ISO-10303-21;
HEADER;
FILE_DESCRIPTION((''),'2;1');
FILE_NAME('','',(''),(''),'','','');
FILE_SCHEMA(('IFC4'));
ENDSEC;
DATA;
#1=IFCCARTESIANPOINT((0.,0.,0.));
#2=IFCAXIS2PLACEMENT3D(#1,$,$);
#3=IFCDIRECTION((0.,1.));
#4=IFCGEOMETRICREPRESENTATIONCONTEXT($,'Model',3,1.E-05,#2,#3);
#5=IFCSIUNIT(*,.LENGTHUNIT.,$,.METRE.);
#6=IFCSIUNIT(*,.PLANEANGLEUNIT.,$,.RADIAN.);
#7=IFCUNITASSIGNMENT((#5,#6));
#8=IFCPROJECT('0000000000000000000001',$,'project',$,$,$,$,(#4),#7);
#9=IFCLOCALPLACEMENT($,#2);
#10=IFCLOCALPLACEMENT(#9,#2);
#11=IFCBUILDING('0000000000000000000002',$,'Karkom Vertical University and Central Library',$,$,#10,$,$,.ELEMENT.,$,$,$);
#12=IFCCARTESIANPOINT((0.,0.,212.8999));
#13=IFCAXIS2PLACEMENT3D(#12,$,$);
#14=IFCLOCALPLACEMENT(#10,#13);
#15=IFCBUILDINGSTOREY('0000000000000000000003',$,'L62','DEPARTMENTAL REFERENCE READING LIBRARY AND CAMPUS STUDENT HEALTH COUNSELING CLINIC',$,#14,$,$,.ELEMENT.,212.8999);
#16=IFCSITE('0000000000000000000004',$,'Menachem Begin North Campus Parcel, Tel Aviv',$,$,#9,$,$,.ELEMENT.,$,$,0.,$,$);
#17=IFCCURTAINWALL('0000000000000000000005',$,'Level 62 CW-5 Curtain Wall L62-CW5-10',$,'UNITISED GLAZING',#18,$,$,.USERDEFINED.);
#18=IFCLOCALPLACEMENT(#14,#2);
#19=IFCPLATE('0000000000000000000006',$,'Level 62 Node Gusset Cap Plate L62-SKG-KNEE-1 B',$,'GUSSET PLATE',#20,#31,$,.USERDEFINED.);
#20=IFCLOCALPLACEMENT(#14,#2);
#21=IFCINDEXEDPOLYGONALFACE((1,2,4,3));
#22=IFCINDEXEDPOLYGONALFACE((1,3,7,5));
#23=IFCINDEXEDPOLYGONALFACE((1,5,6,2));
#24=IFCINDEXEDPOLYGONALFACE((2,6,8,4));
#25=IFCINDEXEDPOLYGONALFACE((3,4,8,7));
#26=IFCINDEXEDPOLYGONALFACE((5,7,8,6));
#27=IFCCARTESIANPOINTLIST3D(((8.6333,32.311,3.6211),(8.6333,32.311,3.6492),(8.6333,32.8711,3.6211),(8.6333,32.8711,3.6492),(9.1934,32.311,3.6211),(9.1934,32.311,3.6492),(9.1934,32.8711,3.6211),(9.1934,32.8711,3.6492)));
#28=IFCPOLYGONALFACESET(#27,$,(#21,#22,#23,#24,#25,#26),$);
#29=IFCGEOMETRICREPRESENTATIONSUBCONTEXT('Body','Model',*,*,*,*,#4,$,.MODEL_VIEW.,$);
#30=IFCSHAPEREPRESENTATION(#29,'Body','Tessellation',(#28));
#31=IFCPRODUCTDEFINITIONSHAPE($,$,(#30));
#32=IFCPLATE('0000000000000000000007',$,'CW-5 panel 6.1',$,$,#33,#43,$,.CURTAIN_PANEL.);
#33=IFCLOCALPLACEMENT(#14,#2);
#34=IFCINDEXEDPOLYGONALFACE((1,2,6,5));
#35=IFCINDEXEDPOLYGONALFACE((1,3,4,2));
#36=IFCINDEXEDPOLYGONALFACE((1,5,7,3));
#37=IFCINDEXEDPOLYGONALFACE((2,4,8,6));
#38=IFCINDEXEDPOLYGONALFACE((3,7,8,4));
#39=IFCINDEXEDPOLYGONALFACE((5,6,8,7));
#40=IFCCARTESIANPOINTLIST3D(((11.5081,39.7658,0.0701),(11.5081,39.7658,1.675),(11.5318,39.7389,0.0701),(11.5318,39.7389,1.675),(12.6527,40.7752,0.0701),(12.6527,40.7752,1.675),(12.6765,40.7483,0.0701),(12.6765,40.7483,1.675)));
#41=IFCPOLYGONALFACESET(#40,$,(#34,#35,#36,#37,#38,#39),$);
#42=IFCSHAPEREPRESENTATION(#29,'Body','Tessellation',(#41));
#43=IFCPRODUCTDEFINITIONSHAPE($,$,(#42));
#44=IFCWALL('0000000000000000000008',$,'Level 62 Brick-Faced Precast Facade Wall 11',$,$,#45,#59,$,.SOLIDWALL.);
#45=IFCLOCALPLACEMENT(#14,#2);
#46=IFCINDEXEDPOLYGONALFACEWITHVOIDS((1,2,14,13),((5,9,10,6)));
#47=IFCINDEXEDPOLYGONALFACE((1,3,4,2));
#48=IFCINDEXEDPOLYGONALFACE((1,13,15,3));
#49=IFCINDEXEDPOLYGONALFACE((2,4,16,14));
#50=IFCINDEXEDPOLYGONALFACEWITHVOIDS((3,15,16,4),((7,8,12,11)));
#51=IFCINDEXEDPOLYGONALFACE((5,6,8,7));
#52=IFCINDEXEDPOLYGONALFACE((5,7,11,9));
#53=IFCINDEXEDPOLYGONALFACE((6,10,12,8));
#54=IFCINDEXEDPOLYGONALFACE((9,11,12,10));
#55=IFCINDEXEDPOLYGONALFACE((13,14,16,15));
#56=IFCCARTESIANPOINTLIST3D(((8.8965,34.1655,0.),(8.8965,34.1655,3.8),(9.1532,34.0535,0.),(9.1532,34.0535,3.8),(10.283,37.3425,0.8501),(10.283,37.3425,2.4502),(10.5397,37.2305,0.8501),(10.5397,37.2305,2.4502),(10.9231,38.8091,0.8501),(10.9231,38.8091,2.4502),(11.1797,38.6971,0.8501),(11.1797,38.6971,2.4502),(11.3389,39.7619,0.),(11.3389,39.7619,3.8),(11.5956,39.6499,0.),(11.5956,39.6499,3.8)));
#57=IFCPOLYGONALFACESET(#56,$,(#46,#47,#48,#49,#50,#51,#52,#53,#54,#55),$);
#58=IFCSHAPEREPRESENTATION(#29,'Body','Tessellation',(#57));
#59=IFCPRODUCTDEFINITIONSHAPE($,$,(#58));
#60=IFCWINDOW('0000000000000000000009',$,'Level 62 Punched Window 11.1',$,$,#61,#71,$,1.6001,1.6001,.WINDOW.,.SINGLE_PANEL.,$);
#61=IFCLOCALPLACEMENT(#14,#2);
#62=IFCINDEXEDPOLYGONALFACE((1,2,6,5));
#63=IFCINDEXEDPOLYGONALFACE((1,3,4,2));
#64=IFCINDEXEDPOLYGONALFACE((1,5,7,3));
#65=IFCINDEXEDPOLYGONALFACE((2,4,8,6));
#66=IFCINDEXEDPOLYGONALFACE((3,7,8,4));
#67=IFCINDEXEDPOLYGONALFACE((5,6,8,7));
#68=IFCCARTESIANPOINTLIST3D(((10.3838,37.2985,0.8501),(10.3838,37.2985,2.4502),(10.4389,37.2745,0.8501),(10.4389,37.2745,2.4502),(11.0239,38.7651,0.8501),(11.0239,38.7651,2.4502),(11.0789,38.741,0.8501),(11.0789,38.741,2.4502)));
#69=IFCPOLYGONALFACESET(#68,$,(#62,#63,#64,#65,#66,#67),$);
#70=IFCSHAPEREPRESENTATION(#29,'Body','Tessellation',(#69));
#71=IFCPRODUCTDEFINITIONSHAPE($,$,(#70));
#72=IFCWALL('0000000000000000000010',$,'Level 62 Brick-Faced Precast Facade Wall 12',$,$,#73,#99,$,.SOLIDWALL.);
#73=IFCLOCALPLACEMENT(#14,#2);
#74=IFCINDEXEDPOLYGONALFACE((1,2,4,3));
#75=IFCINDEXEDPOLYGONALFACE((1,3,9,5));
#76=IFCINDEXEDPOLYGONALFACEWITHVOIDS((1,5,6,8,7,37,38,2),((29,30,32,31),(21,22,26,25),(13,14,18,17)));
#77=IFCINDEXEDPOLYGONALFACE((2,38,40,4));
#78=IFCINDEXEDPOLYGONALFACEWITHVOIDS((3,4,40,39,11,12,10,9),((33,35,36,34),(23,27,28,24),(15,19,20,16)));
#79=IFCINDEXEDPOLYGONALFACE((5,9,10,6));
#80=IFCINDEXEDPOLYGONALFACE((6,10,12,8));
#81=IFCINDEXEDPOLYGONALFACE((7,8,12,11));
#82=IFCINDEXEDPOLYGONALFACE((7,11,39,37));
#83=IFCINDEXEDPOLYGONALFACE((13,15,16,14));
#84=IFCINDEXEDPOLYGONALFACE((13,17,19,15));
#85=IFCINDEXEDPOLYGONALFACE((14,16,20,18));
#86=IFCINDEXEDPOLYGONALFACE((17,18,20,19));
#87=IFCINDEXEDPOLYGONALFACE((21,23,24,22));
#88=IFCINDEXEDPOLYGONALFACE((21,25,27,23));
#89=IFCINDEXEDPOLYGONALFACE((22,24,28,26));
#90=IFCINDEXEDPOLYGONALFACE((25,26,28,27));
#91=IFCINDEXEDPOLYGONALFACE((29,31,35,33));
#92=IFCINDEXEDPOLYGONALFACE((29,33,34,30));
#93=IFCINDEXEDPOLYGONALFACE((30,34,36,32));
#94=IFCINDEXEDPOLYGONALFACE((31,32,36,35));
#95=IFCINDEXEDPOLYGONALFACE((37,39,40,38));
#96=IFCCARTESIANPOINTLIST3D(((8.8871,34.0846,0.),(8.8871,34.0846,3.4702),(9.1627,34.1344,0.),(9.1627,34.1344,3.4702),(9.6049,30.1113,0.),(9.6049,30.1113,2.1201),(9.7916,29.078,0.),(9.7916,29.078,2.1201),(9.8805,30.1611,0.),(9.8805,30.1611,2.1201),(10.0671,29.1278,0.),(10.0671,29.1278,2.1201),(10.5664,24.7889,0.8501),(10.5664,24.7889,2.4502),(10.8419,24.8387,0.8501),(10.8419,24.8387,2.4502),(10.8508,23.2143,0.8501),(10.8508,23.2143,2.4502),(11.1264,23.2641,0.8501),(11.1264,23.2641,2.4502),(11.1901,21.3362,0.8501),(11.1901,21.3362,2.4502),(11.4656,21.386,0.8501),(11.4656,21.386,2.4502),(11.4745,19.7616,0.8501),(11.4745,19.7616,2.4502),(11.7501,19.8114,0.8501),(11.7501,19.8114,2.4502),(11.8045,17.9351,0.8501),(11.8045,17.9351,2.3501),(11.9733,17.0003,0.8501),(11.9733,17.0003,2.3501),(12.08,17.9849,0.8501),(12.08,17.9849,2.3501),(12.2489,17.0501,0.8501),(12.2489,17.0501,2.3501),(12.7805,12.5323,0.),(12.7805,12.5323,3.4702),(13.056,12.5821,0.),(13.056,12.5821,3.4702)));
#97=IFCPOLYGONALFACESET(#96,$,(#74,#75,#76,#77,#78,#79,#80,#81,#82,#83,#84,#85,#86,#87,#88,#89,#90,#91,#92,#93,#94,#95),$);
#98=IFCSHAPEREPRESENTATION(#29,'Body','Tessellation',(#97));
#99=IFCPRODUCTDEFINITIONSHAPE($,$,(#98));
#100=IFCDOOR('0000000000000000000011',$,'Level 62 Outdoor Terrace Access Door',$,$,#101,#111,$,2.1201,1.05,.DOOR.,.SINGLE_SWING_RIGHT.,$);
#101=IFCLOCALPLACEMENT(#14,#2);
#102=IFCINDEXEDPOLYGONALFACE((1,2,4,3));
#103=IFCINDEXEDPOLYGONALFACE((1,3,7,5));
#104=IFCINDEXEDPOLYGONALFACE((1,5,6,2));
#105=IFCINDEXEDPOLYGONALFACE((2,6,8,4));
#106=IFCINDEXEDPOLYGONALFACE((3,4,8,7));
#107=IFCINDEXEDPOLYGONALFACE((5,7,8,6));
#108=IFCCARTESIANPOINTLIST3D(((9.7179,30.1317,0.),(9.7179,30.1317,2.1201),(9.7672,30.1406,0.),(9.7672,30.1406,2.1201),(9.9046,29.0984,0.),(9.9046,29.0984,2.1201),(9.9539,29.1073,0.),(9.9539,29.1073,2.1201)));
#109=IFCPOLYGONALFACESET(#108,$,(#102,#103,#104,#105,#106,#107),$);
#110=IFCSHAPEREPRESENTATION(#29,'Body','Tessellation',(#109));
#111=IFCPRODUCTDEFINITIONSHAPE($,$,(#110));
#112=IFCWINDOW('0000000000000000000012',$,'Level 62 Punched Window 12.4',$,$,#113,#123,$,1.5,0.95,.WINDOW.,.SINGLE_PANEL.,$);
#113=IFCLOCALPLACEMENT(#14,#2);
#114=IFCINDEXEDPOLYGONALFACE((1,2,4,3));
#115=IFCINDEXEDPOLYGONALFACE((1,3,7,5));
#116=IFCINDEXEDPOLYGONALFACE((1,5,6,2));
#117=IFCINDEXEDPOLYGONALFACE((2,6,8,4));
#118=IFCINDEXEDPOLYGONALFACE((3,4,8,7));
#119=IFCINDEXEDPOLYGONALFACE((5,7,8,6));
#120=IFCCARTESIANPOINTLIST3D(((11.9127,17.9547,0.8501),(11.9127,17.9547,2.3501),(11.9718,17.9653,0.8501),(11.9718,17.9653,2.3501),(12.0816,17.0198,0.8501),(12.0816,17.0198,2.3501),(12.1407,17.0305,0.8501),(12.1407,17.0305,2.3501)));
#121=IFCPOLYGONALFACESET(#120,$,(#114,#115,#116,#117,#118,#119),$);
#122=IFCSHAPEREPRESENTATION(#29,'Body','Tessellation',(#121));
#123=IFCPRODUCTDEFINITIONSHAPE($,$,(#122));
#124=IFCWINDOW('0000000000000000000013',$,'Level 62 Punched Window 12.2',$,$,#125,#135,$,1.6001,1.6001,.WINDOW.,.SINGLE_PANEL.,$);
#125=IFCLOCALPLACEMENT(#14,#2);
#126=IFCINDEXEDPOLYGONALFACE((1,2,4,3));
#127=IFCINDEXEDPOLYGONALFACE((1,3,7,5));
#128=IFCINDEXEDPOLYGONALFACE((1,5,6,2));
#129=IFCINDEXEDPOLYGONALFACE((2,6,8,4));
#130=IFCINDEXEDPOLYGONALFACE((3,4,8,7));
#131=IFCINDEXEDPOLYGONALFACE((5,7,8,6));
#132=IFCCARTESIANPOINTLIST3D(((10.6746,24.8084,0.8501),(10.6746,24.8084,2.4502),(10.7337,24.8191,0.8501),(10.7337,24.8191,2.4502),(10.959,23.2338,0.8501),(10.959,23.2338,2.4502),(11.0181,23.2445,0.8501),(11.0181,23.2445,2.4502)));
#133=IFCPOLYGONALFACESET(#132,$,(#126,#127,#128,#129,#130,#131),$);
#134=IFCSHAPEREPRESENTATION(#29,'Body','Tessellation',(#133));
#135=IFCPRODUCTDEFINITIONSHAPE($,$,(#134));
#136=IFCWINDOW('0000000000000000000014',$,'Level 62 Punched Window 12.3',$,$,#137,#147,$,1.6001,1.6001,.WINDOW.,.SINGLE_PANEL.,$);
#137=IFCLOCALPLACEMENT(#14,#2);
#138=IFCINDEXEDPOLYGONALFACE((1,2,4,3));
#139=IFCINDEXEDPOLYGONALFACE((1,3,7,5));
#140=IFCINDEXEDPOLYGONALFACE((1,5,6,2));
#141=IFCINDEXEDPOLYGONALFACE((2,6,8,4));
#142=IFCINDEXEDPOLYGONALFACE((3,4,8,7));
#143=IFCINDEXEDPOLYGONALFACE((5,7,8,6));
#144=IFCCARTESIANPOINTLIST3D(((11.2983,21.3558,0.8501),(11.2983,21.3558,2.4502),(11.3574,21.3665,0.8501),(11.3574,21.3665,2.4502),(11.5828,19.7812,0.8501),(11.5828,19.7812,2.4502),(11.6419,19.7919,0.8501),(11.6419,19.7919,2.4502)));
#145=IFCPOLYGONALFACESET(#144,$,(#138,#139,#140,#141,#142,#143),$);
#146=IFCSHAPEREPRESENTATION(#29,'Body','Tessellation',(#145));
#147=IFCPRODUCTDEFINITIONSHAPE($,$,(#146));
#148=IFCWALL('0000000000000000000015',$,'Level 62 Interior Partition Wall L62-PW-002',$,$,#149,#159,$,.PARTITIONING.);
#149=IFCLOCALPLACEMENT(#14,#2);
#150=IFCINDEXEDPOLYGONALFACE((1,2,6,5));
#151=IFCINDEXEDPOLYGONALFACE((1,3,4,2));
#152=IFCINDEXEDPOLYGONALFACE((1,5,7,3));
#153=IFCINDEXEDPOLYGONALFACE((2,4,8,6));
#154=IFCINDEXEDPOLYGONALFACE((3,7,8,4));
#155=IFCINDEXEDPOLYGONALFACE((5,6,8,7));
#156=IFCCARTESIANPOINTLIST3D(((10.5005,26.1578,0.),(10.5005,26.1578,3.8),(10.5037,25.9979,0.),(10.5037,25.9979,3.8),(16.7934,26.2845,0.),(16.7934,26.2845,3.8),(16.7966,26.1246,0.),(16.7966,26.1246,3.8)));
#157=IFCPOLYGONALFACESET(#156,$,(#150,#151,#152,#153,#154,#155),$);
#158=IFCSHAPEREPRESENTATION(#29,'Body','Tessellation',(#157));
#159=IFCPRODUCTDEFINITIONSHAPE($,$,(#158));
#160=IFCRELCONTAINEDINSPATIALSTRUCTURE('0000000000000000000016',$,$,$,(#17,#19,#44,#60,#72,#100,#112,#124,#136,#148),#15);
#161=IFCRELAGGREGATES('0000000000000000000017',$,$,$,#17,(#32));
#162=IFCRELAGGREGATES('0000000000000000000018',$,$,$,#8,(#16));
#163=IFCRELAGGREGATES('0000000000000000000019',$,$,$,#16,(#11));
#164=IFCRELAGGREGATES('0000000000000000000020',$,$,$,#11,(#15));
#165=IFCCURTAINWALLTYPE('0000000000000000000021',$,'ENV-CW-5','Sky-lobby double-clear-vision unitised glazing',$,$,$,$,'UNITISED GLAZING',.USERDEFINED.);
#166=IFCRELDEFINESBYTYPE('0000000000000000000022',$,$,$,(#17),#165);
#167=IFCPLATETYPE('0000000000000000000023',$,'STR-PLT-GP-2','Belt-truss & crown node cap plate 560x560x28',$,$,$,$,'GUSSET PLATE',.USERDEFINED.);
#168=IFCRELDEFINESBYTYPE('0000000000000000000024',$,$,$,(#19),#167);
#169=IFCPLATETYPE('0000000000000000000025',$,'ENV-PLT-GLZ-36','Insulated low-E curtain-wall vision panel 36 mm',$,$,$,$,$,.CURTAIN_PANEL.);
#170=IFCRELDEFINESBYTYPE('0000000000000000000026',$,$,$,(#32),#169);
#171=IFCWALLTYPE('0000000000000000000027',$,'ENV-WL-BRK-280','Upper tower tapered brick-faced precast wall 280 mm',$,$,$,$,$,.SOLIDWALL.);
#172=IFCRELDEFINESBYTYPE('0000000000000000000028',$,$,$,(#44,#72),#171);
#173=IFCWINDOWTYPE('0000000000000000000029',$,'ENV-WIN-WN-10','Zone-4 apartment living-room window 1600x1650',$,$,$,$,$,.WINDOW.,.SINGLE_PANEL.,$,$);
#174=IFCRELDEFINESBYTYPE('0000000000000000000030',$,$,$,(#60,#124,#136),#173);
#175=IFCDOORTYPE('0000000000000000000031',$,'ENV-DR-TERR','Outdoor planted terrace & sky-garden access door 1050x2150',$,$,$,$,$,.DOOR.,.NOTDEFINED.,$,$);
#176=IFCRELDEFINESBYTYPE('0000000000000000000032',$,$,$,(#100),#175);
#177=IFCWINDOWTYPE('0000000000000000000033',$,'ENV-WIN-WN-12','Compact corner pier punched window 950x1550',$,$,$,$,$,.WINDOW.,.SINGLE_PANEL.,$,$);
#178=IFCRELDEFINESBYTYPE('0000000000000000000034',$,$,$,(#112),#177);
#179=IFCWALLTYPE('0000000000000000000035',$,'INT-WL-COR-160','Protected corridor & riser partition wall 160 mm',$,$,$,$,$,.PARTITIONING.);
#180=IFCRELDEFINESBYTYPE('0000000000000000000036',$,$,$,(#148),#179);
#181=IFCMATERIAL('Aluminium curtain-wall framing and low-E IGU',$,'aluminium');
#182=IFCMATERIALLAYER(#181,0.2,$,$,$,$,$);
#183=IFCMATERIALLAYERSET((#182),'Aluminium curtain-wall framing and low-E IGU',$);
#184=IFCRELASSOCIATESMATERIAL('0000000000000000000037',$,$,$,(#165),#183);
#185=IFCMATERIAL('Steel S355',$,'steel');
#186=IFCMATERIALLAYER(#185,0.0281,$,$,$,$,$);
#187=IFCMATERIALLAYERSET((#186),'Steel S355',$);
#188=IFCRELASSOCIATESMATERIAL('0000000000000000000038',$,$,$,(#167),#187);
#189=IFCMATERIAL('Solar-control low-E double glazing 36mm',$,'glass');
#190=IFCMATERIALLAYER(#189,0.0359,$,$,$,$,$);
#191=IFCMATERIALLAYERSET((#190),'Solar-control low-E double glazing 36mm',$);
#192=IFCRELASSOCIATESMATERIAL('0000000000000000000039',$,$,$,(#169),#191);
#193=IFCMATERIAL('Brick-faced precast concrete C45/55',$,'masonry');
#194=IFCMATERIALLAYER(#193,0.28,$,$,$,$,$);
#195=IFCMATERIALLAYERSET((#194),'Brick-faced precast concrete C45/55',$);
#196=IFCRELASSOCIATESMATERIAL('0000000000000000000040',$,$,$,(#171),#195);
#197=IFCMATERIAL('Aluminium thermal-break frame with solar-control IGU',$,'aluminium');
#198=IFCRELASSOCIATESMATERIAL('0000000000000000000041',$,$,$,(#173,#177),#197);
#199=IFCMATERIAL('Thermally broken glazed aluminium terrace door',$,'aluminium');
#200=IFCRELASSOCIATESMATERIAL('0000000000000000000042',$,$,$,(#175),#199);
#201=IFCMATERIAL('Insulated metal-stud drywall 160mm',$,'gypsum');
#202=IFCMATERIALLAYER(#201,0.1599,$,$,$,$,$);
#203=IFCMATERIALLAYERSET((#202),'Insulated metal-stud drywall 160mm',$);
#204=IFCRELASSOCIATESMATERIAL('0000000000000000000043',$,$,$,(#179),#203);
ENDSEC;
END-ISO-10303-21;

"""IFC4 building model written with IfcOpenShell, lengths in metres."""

from ifc_helpers import new_model, si_unit, direction, frame, frame_2d, origin, origin_with_axes, origin_2d, place, context, subcontext, project, spatial, rectangle, extrude, source, transform, mapped, material, layer, layer_set, type_object, element, fill, aggregate, save


model = new_model("IFC4")

# Units and contexts
model_context = context("Model", 3, precision=1e-05, world=origin(), true_north=direction((0.0, 1.0)))
body_context = subcontext(model_context, "Body", "Model", "MODEL_VIEW")
ifc_project = project(units=[si_unit("LENGTHUNIT", "METRE"), si_unit("PLANEANGLEUNIT", "RADIAN")], contexts=[model_context])

# Site, building, storey
site_placement = place(None, origin())
site = spatial("IfcSite", under=ifc_project, at=site_placement, Name="Menachem Begin North Campus Parcel, Tel Aviv", CompositionType="ELEMENT", RefElevation=0.0)
building_placement = place(site_placement, origin())
building = spatial("IfcBuilding", under=site, at=building_placement, Name="Karkom Vertical University and Central Library", CompositionType="ELEMENT")
storey_placement = place(building_placement, frame((0.0, 0.0, 212.8999)))
storey = spatial("IfcBuildingStorey", under=building, at=storey_placement, Name="L62", Description="DEPARTMENTAL REFERENCE READING LIBRARY AND CAMPUS STUDENT HEALTH COUNSELING CLINIC", CompositionType="ELEMENT", Elevation=212.8999)

# Shared definitions
ifc_material_1 = material(Name="Steel S355", Category="steel")

# Curtain wall
ifc_material_2 = material(Name="Aluminium curtain-wall framing and low-E IGU", Category="aluminium")
ifc_layer_1 = layer(ifc_material_2, 0.2)
ifc_layer_set_1 = layer_set([ifc_layer_1], Name="Aluminium curtain-wall framing and low-E IGU")
curtain_wall_type = type_object("IfcCurtainWallType", Name="ENV-CW-5", Description="Sky-lobby double-clear-vision unitised glazing", ElementType="UNITISED GLAZING", PredefinedType="USERDEFINED", material=ifc_layer_set_1)
curtain_wall_placement = place(storey_placement, origin())
curtain_wall = element("IfcCurtainWall", 1, at=curtain_wall_placement, inside=storey, type_object=curtain_wall_type, Name="Level 62 CW-5 Curtain Wall L62-CW5-10", ObjectType="UNITISED GLAZING", PredefinedType="USERDEFINED")

# Plate
ifc_layer_2 = layer(ifc_material_1, 0.0281)
ifc_layer_set_2 = layer_set([ifc_layer_2], Name="Steel S355")
plate_type_1 = type_object("IfcPlateType", Name="STR-PLT-GP-2", Description="Belt-truss & crown node cap plate 560x560x28", ElementType="GUSSET PLATE", PredefinedType="USERDEFINED", material=ifc_layer_set_2)
shared_shape_1 = source(origin_with_axes(), body_context, "Body", "SweptSolid", [
    extrude(rectangle(XDim=0.5601, YDim=0.5601, at=origin_2d()), origin(), (0.0, 0.0, 1.0), 0.0281),
])
for number, where, z_axis, x_axis, name in (
    (2, (8.9133, 32.5911, 3.6211), (0.0, 0.0, 1.0), (1.0, 0.0, 0.0), "Level 62 Node Gusset Cap Plate L62-SKG-KNEE-1 B"),
):
    element("IfcPlate", number, at=place(storey_placement, frame(where, z_axis=z_axis, x_axis=x_axis)), inside=storey, type_object=plate_type_1, Name=name, ObjectType="GUSSET PLATE", PredefinedType="USERDEFINED", context=body_context, shape_type="MappedRepresentation", body=[
        mapped(shared_shape_1, transform((0.0, 0.0, 0.0), scale=1.0)),
    ])

# Plate
ifc_material_3 = material(Name="Solar-control low-E double glazing 36mm", Category="glass")
ifc_layer_3 = layer(ifc_material_3, 0.0359)
ifc_layer_set_3 = layer_set([ifc_layer_3], Name="Solar-control low-E double glazing 36mm")
plate_type_2 = type_object("IfcPlateType", Name="ENV-PLT-GLZ-36", Description="Insulated low-E curtain-wall vision panel 36 mm", PredefinedType="CURTAIN_PANEL", material=ifc_layer_set_3)
shared_shape_2 = source(origin_with_axes(), body_context, "Body", "SweptSolid", [
    extrude(rectangle(XDim=1.5261, YDim=0.0359, at=origin_2d()), origin(), (0.0, 0.0, 1.0), 1.605),
])
plate_placement = place(storey_placement, frame((12.0923, 40.2571, 0.0701), z_axis=(0.0, 0.0, 1.0), x_axis=(-0.750027, -0.661408, 0.0)))
plate = element("IfcPlate", 3, at=plate_placement, type_object=plate_type_2, Name="CW-5 panel 6.1", PredefinedType="CURTAIN_PANEL", context=body_context, shape_type="MappedRepresentation", body=[
    mapped(shared_shape_2, transform((0.0, 0.0, 0.0), scale=1.0)),
])
aggregate(curtain_wall, [plate])

# Wall, opening, window
ifc_material_4 = material(Name="Brick-faced precast concrete C45/55", Category="masonry")
ifc_layer_4 = layer(ifc_material_4, 0.28)
ifc_layer_set_4 = layer_set([ifc_layer_4], Name="Brick-faced precast concrete C45/55")
wall_type_1 = type_object("IfcWallType", Name="ENV-WL-BRK-280", Description="Upper tower tapered brick-faced precast wall 280 mm", PredefinedType="SOLIDWALL", material=ifc_layer_set_4)
wall_1_placement = place(storey_placement, frame((11.4673, 39.7061, 0.0), z_axis=(0.0, 0.0, 1.0), x_axis=(-0.399986, -0.916521, 0.0)))
wall_1 = element("IfcWall", 4, at=wall_1_placement, inside=storey, type_object=wall_type_1, Name="Level 62 Brick-Faced Precast Facade Wall 11", PredefinedType="SOLIDWALL", context=body_context, shape_type="SweptSolid", body=[
    extrude(rectangle(XDim=6.1062, YDim=0.28, at=frame_2d((3.0532, 0.0))), origin(), (0.0, 0.0, 1.0), 3.8),
])
opening_1_placement = place(wall_1_placement, frame((1.0398, 0.0, 0.8501)))
opening_1 = element("IfcOpeningElement", 5, at=opening_1_placement, cuts=wall_1, PredefinedType="OPENING", context=body_context, shape_type="SweptSolid", body=[
    extrude(rectangle(XDim=1.6001, YDim=1.6001, at=frame_2d((0.8, 0.8))), frame((0.0, 0.1499, 0.0), z_axis=(0.0, -1.0, 0.0), x_axis=(1.0, 0.0, 0.0)), (0.0, 0.0, 1.0), 0.3),
])
ifc_material_5 = material(Name="Aluminium thermal-break frame with solar-control IGU", Category="aluminium")
window_type_1 = type_object("IfcWindowType", Name="ENV-WIN-WN-10", Description="Zone-4 apartment living-room window 1600x1650", PartitioningType="SINGLE_PANEL", PredefinedType="WINDOW", material=ifc_material_5)
shared_shape_3 = source(origin_with_axes(), body_context, "Body", "SweptSolid", [
    extrude(rectangle(XDim=1.6001, YDim=1.6001, at=frame_2d((0.8, 0.8))), frame((0.0, 0.03, 0.0), z_axis=(0.0, -1.0, 0.0), x_axis=(1.0, 0.0, 0.0)), (0.0, 0.0, 1.0), 0.0601),
])
window_1_placement = place(opening_1_placement, origin())
window_1 = element("IfcWindow", 6, at=window_1_placement, inside=storey, type_object=window_type_1, Name="Level 62 Punched Window 11.1", OverallHeight=1.6001, OverallWidth=1.6001, PartitioningType="SINGLE_PANEL", PredefinedType="WINDOW", context=body_context, shape_type="MappedRepresentation", body=[
    mapped(shared_shape_3, transform((0.0, 0.0, 0.0), scale=1.0)),
])
fill(opening_1, window_1)

# Wall, openings, door, windows
wall_2_placement = place(storey_placement, frame((9.0249, 34.1096, 0.0), z_axis=(0.0, 0.0, 1.0), x_axis=(0.177768, -0.984072, 0.0)))
wall_2 = element("IfcWall", 7, at=wall_2_placement, inside=storey, type_object=wall_type_1, Name="Level 62 Brick-Faced Precast Facade Wall 12", PredefinedType="SOLIDWALL", context=body_context, shape_type="SweptSolid", body=[
    extrude(rectangle(XDim=21.9011, YDim=0.28, at=frame_2d((10.9507, 0.0))), origin(), (0.0, 0.0, 1.0), 3.4702),
])
opening_2_placement = place(wall_2_placement, frame((9.4463, 0.0, 0.8501)))
opening_2 = element("IfcOpeningElement", 8, at=opening_2_placement, cuts=wall_2, PredefinedType="OPENING", context=body_context, shape_type="SweptSolid", body=[
    extrude(rectangle(XDim=1.6001, YDim=1.6001, at=frame_2d((0.8, 0.8))), frame((0.0, 0.1499, 0.0), z_axis=(0.0, -1.0, 0.0), x_axis=(1.0, 0.0, 0.0)), (0.0, 0.0, 1.0), 0.3),
])
opening_3_placement = place(wall_2_placement, frame((12.9548, 0.0, 0.8501)))
opening_3 = element("IfcOpeningElement", 9, at=opening_3_placement, cuts=wall_2, PredefinedType="OPENING", context=body_context, shape_type="SweptSolid", body=[
    extrude(rectangle(XDim=1.6001, YDim=1.6001, at=frame_2d((0.8, 0.8))), frame((0.0, 0.1499, 0.0), z_axis=(0.0, -1.0, 0.0), x_axis=(1.0, 0.0, 0.0)), (0.0, 0.0, 1.0), 0.3),
])
opening_4_placement = place(wall_2_placement, frame((16.4109, 0.0, 0.8501)))
opening_4 = element("IfcOpeningElement", 10, at=opening_4_placement, cuts=wall_2, PredefinedType="OPENING", context=body_context, shape_type="SweptSolid", body=[
    extrude(rectangle(XDim=0.95, YDim=1.5, at=frame_2d((0.4751, 0.75))), frame((0.0, 0.1499, 0.0), z_axis=(0.0, -1.0, 0.0), x_axis=(1.0, 0.0, 0.0)), (0.0, 0.0, 1.0), 0.3),
])
opening_5_placement = place(wall_2_placement, frame((4.0378, 0.0, 0.0)))
opening_5 = element("IfcOpeningElement", 11, at=opening_5_placement, cuts=wall_2, PredefinedType="OPENING", context=body_context, shape_type="SweptSolid", body=[
    extrude(rectangle(XDim=1.05, YDim=2.1201, at=frame_2d((0.5249, 1.0601))), frame((0.0, 0.1499, 0.0), z_axis=(0.0, -1.0, 0.0), x_axis=(1.0, 0.0, 0.0)), (0.0, 0.0, 1.0), 0.3),
])
ifc_material_6 = material(Name="Thermally broken glazed aluminium terrace door", Category="aluminium")
door_type = type_object("IfcDoorType", Name="ENV-DR-TERR", Description="Outdoor planted terrace & sky-garden access door 1050x2150", OperationType="NOTDEFINED", PredefinedType="DOOR", material=ifc_material_6)
shared_shape_4 = source(origin_with_axes(), body_context, "Body", "SweptSolid", [
    extrude(rectangle(XDim=1.05, YDim=2.1201, at=frame_2d((0.5249, 1.0601))), frame((0.0, 0.0249, 0.0), z_axis=(0.0, -1.0, 0.0), x_axis=(1.0, 0.0, 0.0)), (0.0, 0.0, 1.0), 0.05),
])
door_placement = place(opening_5_placement, origin())
door = element("IfcDoor", 12, at=door_placement, inside=storey, type_object=door_type, Name="Level 62 Outdoor Terrace Access Door", OperationType="SINGLE_SWING_RIGHT", OverallHeight=2.1201, OverallWidth=1.05, PredefinedType="DOOR", context=body_context, shape_type="MappedRepresentation", body=[
    mapped(shared_shape_4, transform((0.0, 0.0, 0.0), scale=1.0)),
])
fill(opening_5, door)
window_type_2 = type_object("IfcWindowType", Name="ENV-WIN-WN-12", Description="Compact corner pier punched window 950x1550", PartitioningType="SINGLE_PANEL", PredefinedType="WINDOW", material=ifc_material_5)
shared_shape_5 = source(origin_with_axes(), body_context, "Body", "SweptSolid", [
    extrude(rectangle(XDim=0.95, YDim=1.5, at=frame_2d((0.4751, 0.75))), frame((0.0, 0.03, 0.0), z_axis=(0.0, -1.0, 0.0), x_axis=(1.0, 0.0, 0.0)), (0.0, 0.0, 1.0), 0.0601),
])
window_2_placement = place(opening_4_placement, origin())
window_2 = element("IfcWindow", 13, at=window_2_placement, inside=storey, type_object=window_type_2, Name="Level 62 Punched Window 12.4", OverallHeight=1.5, OverallWidth=0.95, PartitioningType="SINGLE_PANEL", PredefinedType="WINDOW", context=body_context, shape_type="MappedRepresentation", body=[
    mapped(shared_shape_5, transform((0.0, 0.0, 0.0), scale=1.0)),
])
fill(opening_4, window_2)
window_3_placement = place(opening_2_placement, origin())
window_3 = element("IfcWindow", 14, at=window_3_placement, inside=storey, type_object=window_type_1, Name="Level 62 Punched Window 12.2", OverallHeight=1.6001, OverallWidth=1.6001, PartitioningType="SINGLE_PANEL", PredefinedType="WINDOW", context=body_context, shape_type="MappedRepresentation", body=[
    mapped(shared_shape_3, transform((0.0, 0.0, 0.0), scale=1.0)),
])
fill(opening_2, window_3)
window_4_placement = place(opening_3_placement, origin())
window_4 = element("IfcWindow", 15, at=window_4_placement, inside=storey, type_object=window_type_1, Name="Level 62 Punched Window 12.3", OverallHeight=1.6001, OverallWidth=1.6001, PartitioningType="SINGLE_PANEL", PredefinedType="WINDOW", context=body_context, shape_type="MappedRepresentation", body=[
    mapped(shared_shape_3, transform((0.0, 0.0, 0.0), scale=1.0)),
])
fill(opening_3, window_4)

# Wall
ifc_material_7 = material(Name="Insulated metal-stud drywall 160mm", Category="gypsum")
ifc_layer_5 = layer(ifc_material_7, 0.1599)
ifc_layer_set_5 = layer_set([ifc_layer_5], Name="Insulated metal-stud drywall 160mm")
wall_type_2 = type_object("IfcWallType", Name="INT-WL-COR-160", Description="Protected corridor & riser partition wall 160 mm", PredefinedType="PARTITIONING", material=ifc_layer_set_5)
wall_3_placement = place(storey_placement, frame((10.5022, 26.0779, 0.0), z_axis=(0.0, 0.0, 1.0), x_axis=(0.999797, 0.020131, 0.0)))
element("IfcWall", 16, at=wall_3_placement, inside=storey, type_object=wall_type_2, Name="Level 62 Interior Partition Wall L62-PW-002", PredefinedType="PARTITIONING", context=body_context, shape_type="SweptSolid", body=[
    extrude(rectangle(XDim=6.2942, YDim=0.1599, at=frame_2d((3.147, 0.0))), origin(), (0.0, 0.0, 1.0), 3.8),
])

save(model, "model.ifc")
